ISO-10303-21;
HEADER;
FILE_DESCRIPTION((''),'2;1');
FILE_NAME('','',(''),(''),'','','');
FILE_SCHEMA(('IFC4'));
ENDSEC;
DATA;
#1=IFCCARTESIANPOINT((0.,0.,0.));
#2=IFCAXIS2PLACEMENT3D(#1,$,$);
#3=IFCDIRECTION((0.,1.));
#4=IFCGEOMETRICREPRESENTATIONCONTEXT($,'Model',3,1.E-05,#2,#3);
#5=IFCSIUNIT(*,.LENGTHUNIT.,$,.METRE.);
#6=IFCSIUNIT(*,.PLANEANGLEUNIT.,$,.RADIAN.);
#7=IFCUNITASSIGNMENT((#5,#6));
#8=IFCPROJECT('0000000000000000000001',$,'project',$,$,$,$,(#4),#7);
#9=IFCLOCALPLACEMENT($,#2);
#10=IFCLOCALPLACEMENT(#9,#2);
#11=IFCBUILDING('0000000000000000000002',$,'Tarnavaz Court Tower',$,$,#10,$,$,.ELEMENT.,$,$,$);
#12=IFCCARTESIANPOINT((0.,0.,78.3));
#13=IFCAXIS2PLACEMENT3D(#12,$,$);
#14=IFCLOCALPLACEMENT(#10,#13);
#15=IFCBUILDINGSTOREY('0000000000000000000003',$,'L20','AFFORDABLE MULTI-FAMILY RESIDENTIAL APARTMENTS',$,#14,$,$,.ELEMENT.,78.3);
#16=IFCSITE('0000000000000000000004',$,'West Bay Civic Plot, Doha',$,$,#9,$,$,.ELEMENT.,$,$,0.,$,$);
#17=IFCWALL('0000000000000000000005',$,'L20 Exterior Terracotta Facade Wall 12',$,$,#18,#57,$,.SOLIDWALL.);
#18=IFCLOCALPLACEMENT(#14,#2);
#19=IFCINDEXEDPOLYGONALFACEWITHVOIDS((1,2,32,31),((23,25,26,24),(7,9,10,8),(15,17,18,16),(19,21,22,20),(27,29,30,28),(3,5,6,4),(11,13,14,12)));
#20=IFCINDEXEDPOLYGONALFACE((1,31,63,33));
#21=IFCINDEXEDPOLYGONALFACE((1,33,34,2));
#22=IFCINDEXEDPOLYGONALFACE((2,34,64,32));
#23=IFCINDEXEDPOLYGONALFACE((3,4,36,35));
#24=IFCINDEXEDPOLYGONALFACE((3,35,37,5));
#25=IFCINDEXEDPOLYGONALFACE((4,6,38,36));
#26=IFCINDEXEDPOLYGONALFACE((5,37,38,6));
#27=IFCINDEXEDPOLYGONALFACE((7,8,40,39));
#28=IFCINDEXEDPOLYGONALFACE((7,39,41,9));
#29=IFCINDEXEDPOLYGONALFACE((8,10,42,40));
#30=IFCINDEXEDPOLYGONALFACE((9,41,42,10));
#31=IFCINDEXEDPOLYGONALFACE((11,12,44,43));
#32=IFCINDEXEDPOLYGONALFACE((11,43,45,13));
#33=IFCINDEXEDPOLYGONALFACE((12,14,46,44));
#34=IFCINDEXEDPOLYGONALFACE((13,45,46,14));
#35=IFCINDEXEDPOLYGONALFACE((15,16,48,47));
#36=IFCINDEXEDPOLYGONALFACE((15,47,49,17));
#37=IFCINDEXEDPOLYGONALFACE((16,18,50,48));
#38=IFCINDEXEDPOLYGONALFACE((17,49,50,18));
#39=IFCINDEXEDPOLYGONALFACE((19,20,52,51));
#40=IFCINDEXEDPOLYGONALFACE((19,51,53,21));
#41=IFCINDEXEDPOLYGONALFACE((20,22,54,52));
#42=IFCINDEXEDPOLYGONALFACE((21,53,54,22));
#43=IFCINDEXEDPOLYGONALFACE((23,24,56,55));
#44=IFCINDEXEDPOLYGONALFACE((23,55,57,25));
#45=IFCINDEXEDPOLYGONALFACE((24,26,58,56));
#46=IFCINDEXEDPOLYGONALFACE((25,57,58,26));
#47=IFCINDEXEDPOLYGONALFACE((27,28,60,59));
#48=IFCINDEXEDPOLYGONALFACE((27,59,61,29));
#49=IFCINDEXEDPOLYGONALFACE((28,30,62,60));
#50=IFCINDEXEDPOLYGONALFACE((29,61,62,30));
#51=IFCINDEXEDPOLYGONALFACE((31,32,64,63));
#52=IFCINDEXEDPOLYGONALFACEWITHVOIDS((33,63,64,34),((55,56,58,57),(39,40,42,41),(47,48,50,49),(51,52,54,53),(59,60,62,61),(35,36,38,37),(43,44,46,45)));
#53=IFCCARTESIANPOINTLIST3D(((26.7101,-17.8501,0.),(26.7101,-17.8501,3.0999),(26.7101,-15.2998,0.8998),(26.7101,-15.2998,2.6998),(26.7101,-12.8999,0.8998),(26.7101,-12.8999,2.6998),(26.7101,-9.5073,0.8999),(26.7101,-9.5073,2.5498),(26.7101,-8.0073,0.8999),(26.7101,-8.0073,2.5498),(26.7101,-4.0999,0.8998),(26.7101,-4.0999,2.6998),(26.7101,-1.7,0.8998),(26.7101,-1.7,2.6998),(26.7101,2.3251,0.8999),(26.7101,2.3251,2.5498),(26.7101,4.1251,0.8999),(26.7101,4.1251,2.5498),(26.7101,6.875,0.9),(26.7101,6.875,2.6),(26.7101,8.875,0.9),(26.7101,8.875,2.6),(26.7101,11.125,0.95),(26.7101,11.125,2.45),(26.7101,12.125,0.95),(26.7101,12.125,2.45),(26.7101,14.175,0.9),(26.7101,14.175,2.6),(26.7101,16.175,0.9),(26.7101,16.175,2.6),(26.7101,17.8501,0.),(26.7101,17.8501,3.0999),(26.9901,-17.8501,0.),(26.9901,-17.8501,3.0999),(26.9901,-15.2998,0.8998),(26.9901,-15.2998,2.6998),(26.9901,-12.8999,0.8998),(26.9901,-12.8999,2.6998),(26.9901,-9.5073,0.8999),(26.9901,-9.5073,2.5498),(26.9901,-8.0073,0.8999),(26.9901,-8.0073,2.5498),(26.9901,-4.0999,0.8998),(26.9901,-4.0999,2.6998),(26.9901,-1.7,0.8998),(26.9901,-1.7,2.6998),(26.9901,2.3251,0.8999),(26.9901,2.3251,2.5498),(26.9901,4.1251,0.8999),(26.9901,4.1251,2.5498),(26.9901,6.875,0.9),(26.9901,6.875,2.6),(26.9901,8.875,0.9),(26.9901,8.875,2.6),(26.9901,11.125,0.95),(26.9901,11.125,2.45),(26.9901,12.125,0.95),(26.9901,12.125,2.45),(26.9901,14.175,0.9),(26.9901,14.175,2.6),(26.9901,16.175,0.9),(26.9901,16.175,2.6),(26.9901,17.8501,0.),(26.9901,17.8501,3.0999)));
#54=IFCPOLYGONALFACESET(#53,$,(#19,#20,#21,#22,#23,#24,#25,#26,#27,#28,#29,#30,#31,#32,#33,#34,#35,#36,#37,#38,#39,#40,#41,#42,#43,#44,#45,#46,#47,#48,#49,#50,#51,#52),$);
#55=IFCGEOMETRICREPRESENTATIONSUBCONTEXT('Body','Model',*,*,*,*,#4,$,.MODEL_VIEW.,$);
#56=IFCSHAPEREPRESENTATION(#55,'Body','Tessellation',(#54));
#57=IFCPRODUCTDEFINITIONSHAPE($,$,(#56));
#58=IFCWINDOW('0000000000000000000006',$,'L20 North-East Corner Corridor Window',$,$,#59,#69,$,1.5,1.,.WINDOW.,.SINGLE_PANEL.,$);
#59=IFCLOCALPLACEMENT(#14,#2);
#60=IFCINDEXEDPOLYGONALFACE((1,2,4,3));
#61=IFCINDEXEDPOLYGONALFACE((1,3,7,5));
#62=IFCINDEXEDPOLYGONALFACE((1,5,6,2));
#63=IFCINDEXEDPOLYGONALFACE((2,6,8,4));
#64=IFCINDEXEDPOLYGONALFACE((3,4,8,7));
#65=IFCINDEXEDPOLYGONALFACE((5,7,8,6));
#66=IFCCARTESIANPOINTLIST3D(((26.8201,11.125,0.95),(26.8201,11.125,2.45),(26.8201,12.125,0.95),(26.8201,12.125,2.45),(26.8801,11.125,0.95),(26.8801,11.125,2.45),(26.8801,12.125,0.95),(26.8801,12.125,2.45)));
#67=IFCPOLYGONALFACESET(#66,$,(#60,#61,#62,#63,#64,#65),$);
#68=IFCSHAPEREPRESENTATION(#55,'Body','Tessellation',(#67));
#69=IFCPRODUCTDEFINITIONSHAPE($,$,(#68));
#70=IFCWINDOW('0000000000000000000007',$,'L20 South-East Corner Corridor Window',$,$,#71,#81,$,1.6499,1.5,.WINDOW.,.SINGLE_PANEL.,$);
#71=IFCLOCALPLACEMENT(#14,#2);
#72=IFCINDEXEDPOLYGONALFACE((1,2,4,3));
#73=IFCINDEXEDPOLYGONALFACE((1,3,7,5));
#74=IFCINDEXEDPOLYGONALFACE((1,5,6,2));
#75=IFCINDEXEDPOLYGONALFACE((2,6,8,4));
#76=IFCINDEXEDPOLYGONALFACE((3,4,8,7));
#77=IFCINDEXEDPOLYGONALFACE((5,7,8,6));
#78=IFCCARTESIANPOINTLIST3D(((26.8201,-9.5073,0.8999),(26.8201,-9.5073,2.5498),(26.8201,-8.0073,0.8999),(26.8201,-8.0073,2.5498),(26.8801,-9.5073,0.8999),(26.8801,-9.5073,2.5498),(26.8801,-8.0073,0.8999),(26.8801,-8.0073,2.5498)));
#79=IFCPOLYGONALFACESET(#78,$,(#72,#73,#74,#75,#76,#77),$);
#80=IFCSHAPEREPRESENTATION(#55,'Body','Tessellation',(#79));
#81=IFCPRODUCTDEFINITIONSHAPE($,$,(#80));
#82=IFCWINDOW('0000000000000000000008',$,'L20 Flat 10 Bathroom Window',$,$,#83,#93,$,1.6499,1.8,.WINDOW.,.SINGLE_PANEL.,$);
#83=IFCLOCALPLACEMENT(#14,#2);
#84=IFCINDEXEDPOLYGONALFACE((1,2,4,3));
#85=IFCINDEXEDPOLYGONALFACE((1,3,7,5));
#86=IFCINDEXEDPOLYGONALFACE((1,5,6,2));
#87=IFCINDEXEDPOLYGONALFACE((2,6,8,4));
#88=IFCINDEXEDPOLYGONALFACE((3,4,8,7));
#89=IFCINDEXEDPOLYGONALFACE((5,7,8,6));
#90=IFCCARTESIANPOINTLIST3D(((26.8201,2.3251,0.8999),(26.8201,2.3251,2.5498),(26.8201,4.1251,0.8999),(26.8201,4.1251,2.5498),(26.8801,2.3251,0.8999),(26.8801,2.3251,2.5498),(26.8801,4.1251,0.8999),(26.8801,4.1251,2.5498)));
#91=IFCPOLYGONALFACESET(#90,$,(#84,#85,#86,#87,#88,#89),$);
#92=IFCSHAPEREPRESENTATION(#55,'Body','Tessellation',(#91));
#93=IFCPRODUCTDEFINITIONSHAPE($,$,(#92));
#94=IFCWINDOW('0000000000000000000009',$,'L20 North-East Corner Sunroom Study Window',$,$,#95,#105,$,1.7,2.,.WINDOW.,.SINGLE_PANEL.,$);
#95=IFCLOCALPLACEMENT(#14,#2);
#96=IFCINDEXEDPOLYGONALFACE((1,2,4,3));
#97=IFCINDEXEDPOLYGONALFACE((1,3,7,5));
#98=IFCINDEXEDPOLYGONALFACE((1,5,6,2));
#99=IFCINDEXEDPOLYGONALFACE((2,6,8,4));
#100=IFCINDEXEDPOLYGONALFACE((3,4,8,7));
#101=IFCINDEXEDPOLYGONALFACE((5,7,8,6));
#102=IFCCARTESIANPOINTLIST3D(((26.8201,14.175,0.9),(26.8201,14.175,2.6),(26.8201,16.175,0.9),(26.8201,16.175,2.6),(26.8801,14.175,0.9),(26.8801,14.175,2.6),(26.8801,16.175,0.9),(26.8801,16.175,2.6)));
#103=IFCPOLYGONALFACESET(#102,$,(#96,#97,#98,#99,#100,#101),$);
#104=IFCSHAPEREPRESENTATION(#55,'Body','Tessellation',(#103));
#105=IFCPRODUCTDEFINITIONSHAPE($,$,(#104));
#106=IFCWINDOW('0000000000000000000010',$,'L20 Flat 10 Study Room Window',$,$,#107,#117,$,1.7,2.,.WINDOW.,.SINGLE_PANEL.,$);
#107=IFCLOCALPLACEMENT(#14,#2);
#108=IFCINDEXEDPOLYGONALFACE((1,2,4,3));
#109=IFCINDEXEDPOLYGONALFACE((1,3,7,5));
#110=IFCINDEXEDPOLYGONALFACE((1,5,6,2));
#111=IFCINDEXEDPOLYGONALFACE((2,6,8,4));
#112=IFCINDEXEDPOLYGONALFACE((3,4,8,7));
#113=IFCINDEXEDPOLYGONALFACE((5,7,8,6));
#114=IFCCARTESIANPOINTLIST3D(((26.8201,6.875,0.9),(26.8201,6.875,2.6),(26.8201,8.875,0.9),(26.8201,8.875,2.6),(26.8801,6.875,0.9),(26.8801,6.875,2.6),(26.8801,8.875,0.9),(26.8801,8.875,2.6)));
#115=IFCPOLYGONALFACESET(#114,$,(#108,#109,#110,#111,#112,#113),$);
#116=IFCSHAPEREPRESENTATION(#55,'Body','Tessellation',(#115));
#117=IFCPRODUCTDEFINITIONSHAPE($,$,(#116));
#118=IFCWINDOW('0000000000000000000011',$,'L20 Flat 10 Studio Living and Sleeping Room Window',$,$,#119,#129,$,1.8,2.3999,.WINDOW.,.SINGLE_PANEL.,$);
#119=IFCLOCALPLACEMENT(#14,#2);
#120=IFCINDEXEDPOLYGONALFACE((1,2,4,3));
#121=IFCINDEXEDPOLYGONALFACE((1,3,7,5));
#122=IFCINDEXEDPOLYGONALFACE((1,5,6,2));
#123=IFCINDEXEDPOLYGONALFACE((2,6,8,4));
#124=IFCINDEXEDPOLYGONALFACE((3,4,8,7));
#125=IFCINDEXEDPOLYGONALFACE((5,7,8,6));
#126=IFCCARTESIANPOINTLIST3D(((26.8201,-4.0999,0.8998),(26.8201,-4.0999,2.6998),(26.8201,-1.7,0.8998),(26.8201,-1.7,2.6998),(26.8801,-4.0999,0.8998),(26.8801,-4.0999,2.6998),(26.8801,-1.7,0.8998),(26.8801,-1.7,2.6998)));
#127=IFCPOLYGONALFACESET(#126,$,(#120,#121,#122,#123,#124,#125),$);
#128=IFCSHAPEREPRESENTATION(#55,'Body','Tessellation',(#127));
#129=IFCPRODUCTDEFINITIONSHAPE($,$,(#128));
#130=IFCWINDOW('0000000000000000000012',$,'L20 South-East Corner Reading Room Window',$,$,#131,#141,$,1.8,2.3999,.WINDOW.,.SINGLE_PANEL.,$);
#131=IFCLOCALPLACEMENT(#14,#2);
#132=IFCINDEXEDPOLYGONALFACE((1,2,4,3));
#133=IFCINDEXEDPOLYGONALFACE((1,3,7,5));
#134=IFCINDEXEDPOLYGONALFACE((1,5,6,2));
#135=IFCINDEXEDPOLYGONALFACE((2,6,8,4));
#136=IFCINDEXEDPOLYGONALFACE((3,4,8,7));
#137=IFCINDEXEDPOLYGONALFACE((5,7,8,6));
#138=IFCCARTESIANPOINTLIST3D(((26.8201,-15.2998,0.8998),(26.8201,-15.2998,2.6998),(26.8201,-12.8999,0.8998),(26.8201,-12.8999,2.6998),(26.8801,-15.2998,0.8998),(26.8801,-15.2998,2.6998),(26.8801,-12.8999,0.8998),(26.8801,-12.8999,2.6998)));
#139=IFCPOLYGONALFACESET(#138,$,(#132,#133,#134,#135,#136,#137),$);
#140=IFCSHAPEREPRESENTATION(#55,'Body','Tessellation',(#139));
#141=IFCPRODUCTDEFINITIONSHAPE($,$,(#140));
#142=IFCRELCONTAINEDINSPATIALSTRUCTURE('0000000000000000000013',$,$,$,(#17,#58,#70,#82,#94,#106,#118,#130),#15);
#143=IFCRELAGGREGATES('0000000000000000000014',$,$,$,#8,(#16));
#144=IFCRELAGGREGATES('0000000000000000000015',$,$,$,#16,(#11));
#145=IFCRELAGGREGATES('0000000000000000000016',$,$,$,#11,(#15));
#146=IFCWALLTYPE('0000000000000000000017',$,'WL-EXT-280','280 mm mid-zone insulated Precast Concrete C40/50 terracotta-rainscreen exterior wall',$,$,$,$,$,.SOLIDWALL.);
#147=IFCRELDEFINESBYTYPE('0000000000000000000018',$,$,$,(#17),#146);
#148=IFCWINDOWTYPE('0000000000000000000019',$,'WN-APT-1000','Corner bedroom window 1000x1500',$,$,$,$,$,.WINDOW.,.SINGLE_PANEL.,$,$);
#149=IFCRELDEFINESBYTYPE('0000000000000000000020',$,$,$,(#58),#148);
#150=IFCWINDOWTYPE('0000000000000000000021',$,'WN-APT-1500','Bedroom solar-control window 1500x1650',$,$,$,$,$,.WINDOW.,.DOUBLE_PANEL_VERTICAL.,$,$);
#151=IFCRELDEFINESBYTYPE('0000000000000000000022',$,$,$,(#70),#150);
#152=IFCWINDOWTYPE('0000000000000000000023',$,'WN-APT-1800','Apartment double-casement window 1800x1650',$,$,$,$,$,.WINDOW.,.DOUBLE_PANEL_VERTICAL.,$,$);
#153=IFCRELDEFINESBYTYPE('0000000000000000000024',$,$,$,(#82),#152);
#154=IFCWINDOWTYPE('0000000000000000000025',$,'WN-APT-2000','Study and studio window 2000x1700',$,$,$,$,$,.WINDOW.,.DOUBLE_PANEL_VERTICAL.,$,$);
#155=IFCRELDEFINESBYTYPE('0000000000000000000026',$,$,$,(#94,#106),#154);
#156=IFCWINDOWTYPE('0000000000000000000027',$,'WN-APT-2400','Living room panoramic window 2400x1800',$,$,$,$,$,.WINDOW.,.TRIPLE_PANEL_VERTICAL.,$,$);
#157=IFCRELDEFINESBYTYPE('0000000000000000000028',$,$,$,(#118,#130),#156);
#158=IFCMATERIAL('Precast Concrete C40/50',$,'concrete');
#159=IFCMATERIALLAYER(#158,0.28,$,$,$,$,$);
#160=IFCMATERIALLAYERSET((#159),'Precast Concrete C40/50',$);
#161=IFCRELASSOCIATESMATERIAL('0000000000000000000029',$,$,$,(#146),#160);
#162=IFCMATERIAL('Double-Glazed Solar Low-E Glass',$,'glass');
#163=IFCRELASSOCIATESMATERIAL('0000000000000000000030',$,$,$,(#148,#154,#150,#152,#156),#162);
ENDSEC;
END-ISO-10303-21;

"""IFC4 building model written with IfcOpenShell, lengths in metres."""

from ifc_helpers import new_model, si_unit, direction, frame, frame_2d, origin, place, context, subcontext, project, spatial, rectangle, extrude, material, layer, layer_set, type_object, element, fill, save


model = new_model("IFC4")

# Units and contexts
model_context = context("Model", 3, precision=1e-05, world=origin(), true_north=direction((0.0, 1.0)))
body_context = subcontext(model_context, "Body", "Model", "MODEL_VIEW")
ifc_project = project(units=[si_unit("LENGTHUNIT", "METRE"), si_unit("PLANEANGLEUNIT", "RADIAN")], contexts=[model_context])

# Site, building, storey
site_placement = place(None, origin())
site = spatial("IfcSite", under=ifc_project, at=site_placement, Name="West Bay Civic Plot, Doha", CompositionType="ELEMENT", RefElevation=0.0)
building_placement = place(site_placement, origin())
building = spatial("IfcBuilding", under=site, at=building_placement, Name="Tarnavaz Court Tower", CompositionType="ELEMENT")
storey_placement = place(building_placement, frame((0.0, 0.0, 78.3)))
storey = spatial("IfcBuildingStorey", under=building, at=storey_placement, Name="L20", Description="AFFORDABLE MULTI-FAMILY RESIDENTIAL APARTMENTS", CompositionType="ELEMENT", Elevation=78.3)

# Shared definitions
ifc_material_1 = material(Name="Precast Concrete C40/50", Category="concrete")
ifc_layer = layer(ifc_material_1, 0.28)
ifc_layer_set = layer_set([ifc_layer], Name="Precast Concrete C40/50")
wall_type = type_object("IfcWallType", Name="WL-EXT-280", Description="280 mm mid-zone insulated Precast Concrete C40/50 terracotta-rainscreen exterior wall", PredefinedType="SOLIDWALL", material=ifc_layer_set)
ifc_material_2 = material(Name="Double-Glazed Solar Low-E Glass", Category="glass")
window_type_1 = type_object("IfcWindowType", Name="WN-APT-1000", Description="Corner bedroom window 1000x1500", PartitioningType="SINGLE_PANEL", PredefinedType="WINDOW", material=ifc_material_2)

# Shared definitions
window_type_2 = type_object("IfcWindowType", Name="WN-APT-2000", Description="Study and studio window 2000x1700", PartitioningType="DOUBLE_PANEL_VERTICAL", PredefinedType="WINDOW", material=ifc_material_2)

# Wall, openings, windows
wall_1_placement = place(storey_placement, frame((26.8501, 17.8501, 0.0), z_axis=(0.0, 0.0, 1.0), x_axis=(0.0, -1.0, 0.0)))
wall_1 = element("IfcWall", 1, at=wall_1_placement, inside=storey, type_object=wall_type, Name="L20 Exterior Terracotta Facade Wall 12", PredefinedType="SOLIDWALL", context=body_context, shape_type="SweptSolid", body=[
    extrude(rectangle(XDim=35.7002, YDim=0.28, at=frame_2d((17.8501, 0.0))), origin(), (0.0, 0.0, 1.0), 3.0999),
])
opening_1_placement = place(wall_1_placement, frame((1.675, 0.0, 0.8999)))
opening_1 = element("IfcOpeningElement", 2, at=opening_1_placement, cuts=wall_1, PredefinedType="OPENING", context=body_context, shape_type="SweptSolid", body=[
    extrude(rectangle(XDim=2.0, YDim=1.7, at=frame_2d((1.0, 0.8501))), frame((0.0, 0.1499, 0.0), z_axis=(0.0, -1.0, 0.0), x_axis=(1.0, 0.0, 0.0)), (0.0, 0.0, 1.0), 0.3),
])
opening_2_placement = place(wall_1_placement, frame((5.7251, 0.0, 0.95)))
opening_2 = element("IfcOpeningElement", 3, at=opening_2_placement, cuts=wall_1, PredefinedType="OPENING", context=body_context, shape_type="SweptSolid", body=[
    extrude(rectangle(XDim=1.0, YDim=1.5, at=frame_2d((0.5, 0.75))), frame((0.0, 0.1499, 0.0), z_axis=(0.0, -1.0, 0.0), x_axis=(1.0, 0.0, 0.0)), (0.0, 0.0, 1.0), 0.3),
])
opening_3_placement = place(wall_1_placement, frame((8.9751, 0.0, 0.8999)))
opening_3 = element("IfcOpeningElement", 4, at=opening_3_placement, cuts=wall_1, PredefinedType="OPENING", context=body_context, shape_type="SweptSolid", body=[
    extrude(rectangle(XDim=2.0, YDim=1.7, at=frame_2d((1.0, 0.8501))), frame((0.0, 0.1499, 0.0), z_axis=(0.0, -1.0, 0.0), x_axis=(1.0, 0.0, 0.0)), (0.0, 0.0, 1.0), 0.3),
])
opening_4_placement = place(wall_1_placement, frame((13.7251, 0.0, 0.8999)))
opening_4 = element("IfcOpeningElement", 5, at=opening_4_placement, cuts=wall_1, PredefinedType="OPENING", context=body_context, shape_type="SweptSolid", body=[
    extrude(rectangle(XDim=1.8, YDim=1.6499, at=frame_2d((0.8999, 0.825))), frame((0.0, 0.1499, 0.0), z_axis=(0.0, -1.0, 0.0), x_axis=(1.0, 0.0, 0.0)), (0.0, 0.0, 1.0), 0.3),
])
opening_5_placement = place(wall_1_placement, frame((19.55, 0.0, 0.8999)))
opening_5 = element("IfcOpeningElement", 6, at=opening_5_placement, cuts=wall_1, PredefinedType="OPENING", context=body_context, shape_type="SweptSolid", body=[
    extrude(rectangle(XDim=2.3999, YDim=1.8, at=frame_2d((1.2, 0.8999))), frame((0.0, 0.1499, 0.0), z_axis=(0.0, -1.0, 0.0), x_axis=(1.0, 0.0, 0.0)), (0.0, 0.0, 1.0), 0.3),
])
opening_6_placement = place(wall_1_placement, frame((25.8574, 0.0, 0.8999)))
opening_6 = element("IfcOpeningElement", 7, at=opening_6_placement, cuts=wall_1, PredefinedType="OPENING", context=body_context, shape_type="SweptSolid", body=[
    extrude(rectangle(XDim=1.5, YDim=1.6499, at=frame_2d((0.75, 0.825))), frame((0.0, 0.1499, 0.0), z_axis=(0.0, -1.0, 0.0), x_axis=(1.0, 0.0, 0.0)), (0.0, 0.0, 1.0), 0.3),
])
opening_7_placement = place(wall_1_placement, frame((30.75, 0.0, 0.8999)))
opening_7 = element("IfcOpeningElement", 8, at=opening_7_placement, cuts=wall_1, PredefinedType="OPENING", context=body_context, shape_type="SweptSolid", body=[
    extrude(rectangle(XDim=2.3999, YDim=1.8, at=frame_2d((1.2, 0.8999))), frame((0.0, 0.1499, 0.0), z_axis=(0.0, -1.0, 0.0), x_axis=(1.0, 0.0, 0.0)), (0.0, 0.0, 1.0), 0.3),
])
window_1_placement = place(opening_2_placement, origin())
window_1 = element("IfcWindow", 9, at=window_1_placement, inside=storey, type_object=window_type_1, Name="L20 North-East Corner Corridor Window", OverallHeight=1.5, OverallWidth=1.0, PartitioningType="SINGLE_PANEL", PredefinedType="WINDOW", context=body_context, shape_type="SweptSolid", body=[
    extrude(rectangle(XDim=1.0, YDim=1.5, at=frame_2d((0.5, 0.75))), frame((0.0, 0.03, 0.0), z_axis=(0.0, -1.0, 0.0), x_axis=(1.0, 0.0, 0.0)), (0.0, 0.0, 1.0), 0.0601),
])
fill(opening_2, window_1)
window_type_3 = type_object("IfcWindowType", Name="WN-APT-1500", Description="Bedroom solar-control window 1500x1650", PartitioningType="DOUBLE_PANEL_VERTICAL", PredefinedType="WINDOW", material=ifc_material_2)
window_2_placement = place(opening_6_placement, origin())
window_2 = element("IfcWindow", 10, at=window_2_placement, inside=storey, type_object=window_type_3, Name="L20 South-East Corner Corridor Window", OverallHeight=1.6499, OverallWidth=1.5, PartitioningType="SINGLE_PANEL", PredefinedType="WINDOW", context=body_context, shape_type="SweptSolid", body=[
    extrude(rectangle(XDim=1.5, YDim=1.6499, at=frame_2d((0.75, 0.825))), frame((0.0, 0.03, 0.0), z_axis=(0.0, -1.0, 0.0), x_axis=(1.0, 0.0, 0.0)), (0.0, 0.0, 1.0), 0.0601),
])
fill(opening_6, window_2)
window_type_4 = type_object("IfcWindowType", Name="WN-APT-1800", Description="Apartment double-casement window 1800x1650", PartitioningType="DOUBLE_PANEL_VERTICAL", PredefinedType="WINDOW", material=ifc_material_2)
window_3_placement = place(opening_4_placement, origin())
window_3 = element("IfcWindow", 11, at=window_3_placement, inside=storey, type_object=window_type_4, Name="L20 Flat 10 Bathroom Window", OverallHeight=1.6499, OverallWidth=1.8, PartitioningType="SINGLE_PANEL", PredefinedType="WINDOW", context=body_context, shape_type="SweptSolid", body=[
    extrude(rectangle(XDim=1.8, YDim=1.6499, at=frame_2d((0.8999, 0.825))), frame((0.0, 0.03, 0.0), z_axis=(0.0, -1.0, 0.0), x_axis=(1.0, 0.0, 0.0)), (0.0, 0.0, 1.0), 0.0601),
])
fill(opening_4, window_3)
window_4_placement = place(opening_1_placement, origin())
window_4 = element("IfcWindow", 12, at=window_4_placement, inside=storey, type_object=window_type_2, Name="L20 North-East Corner Sunroom Study Window", OverallHeight=1.7, OverallWidth=2.0, PartitioningType="SINGLE_PANEL", PredefinedType="WINDOW", context=body_context, shape_type="SweptSolid", body=[
    extrude(rectangle(XDim=2.0, YDim=1.7, at=frame_2d((1.0, 0.8501))), frame((0.0, 0.03, 0.0), z_axis=(0.0, -1.0, 0.0), x_axis=(1.0, 0.0, 0.0)), (0.0, 0.0, 1.0), 0.0601),
])
fill(opening_1, window_4)
window_5_placement = place(opening_3_placement, origin())
window_5 = element("IfcWindow", 13, at=window_5_placement, inside=storey, type_object=window_type_2, Name="L20 Flat 10 Study Room Window", OverallHeight=1.7, OverallWidth=2.0, PartitioningType="SINGLE_PANEL", PredefinedType="WINDOW", context=body_context, shape_type="SweptSolid", body=[
    extrude(rectangle(XDim=2.0, YDim=1.7, at=frame_2d((1.0, 0.8501))), frame((0.0, 0.03, 0.0), z_axis=(0.0, -1.0, 0.0), x_axis=(1.0, 0.0, 0.0)), (0.0, 0.0, 1.0), 0.0601),
])
fill(opening_3, window_5)
window_type_5 = type_object("IfcWindowType", Name="WN-APT-2400", Description="Living room panoramic window 2400x1800", PartitioningType="TRIPLE_PANEL_VERTICAL", PredefinedType="WINDOW", material=ifc_material_2)
window_6_placement = place(opening_5_placement, origin())
window_6 = element("IfcWindow", 14, at=window_6_placement, inside=storey, type_object=window_type_5, Name="L20 Flat 10 Studio Living and Sleeping Room Window", OverallHeight=1.8, OverallWidth=2.3999, PartitioningType="SINGLE_PANEL", PredefinedType="WINDOW", context=body_context, shape_type="SweptSolid", body=[
    extrude(rectangle(XDim=2.3999, YDim=1.8, at=frame_2d((1.2, 0.8999))), frame((0.0, 0.03, 0.0), z_axis=(0.0, -1.0, 0.0), x_axis=(1.0, 0.0, 0.0)), (0.0, 0.0, 1.0), 0.0601),
])
fill(opening_5, window_6)
window_7_placement = place(opening_7_placement, origin())
window_7 = element("IfcWindow", 15, at=window_7_placement, inside=storey, type_object=window_type_5, Name="L20 South-East Corner Reading Room Window", OverallHeight=1.8, OverallWidth=2.3999, PartitioningType="SINGLE_PANEL", PredefinedType="WINDOW", context=body_context, shape_type="SweptSolid", body=[
    extrude(rectangle(XDim=2.3999, YDim=1.8, at=frame_2d((1.2, 0.8999))), frame((0.0, 0.03, 0.0), z_axis=(0.0, -1.0, 0.0), x_axis=(1.0, 0.0, 0.0)), (0.0, 0.0, 1.0), 0.0601),
])
fill(opening_7, window_7)

save(model, "model.ifc")
